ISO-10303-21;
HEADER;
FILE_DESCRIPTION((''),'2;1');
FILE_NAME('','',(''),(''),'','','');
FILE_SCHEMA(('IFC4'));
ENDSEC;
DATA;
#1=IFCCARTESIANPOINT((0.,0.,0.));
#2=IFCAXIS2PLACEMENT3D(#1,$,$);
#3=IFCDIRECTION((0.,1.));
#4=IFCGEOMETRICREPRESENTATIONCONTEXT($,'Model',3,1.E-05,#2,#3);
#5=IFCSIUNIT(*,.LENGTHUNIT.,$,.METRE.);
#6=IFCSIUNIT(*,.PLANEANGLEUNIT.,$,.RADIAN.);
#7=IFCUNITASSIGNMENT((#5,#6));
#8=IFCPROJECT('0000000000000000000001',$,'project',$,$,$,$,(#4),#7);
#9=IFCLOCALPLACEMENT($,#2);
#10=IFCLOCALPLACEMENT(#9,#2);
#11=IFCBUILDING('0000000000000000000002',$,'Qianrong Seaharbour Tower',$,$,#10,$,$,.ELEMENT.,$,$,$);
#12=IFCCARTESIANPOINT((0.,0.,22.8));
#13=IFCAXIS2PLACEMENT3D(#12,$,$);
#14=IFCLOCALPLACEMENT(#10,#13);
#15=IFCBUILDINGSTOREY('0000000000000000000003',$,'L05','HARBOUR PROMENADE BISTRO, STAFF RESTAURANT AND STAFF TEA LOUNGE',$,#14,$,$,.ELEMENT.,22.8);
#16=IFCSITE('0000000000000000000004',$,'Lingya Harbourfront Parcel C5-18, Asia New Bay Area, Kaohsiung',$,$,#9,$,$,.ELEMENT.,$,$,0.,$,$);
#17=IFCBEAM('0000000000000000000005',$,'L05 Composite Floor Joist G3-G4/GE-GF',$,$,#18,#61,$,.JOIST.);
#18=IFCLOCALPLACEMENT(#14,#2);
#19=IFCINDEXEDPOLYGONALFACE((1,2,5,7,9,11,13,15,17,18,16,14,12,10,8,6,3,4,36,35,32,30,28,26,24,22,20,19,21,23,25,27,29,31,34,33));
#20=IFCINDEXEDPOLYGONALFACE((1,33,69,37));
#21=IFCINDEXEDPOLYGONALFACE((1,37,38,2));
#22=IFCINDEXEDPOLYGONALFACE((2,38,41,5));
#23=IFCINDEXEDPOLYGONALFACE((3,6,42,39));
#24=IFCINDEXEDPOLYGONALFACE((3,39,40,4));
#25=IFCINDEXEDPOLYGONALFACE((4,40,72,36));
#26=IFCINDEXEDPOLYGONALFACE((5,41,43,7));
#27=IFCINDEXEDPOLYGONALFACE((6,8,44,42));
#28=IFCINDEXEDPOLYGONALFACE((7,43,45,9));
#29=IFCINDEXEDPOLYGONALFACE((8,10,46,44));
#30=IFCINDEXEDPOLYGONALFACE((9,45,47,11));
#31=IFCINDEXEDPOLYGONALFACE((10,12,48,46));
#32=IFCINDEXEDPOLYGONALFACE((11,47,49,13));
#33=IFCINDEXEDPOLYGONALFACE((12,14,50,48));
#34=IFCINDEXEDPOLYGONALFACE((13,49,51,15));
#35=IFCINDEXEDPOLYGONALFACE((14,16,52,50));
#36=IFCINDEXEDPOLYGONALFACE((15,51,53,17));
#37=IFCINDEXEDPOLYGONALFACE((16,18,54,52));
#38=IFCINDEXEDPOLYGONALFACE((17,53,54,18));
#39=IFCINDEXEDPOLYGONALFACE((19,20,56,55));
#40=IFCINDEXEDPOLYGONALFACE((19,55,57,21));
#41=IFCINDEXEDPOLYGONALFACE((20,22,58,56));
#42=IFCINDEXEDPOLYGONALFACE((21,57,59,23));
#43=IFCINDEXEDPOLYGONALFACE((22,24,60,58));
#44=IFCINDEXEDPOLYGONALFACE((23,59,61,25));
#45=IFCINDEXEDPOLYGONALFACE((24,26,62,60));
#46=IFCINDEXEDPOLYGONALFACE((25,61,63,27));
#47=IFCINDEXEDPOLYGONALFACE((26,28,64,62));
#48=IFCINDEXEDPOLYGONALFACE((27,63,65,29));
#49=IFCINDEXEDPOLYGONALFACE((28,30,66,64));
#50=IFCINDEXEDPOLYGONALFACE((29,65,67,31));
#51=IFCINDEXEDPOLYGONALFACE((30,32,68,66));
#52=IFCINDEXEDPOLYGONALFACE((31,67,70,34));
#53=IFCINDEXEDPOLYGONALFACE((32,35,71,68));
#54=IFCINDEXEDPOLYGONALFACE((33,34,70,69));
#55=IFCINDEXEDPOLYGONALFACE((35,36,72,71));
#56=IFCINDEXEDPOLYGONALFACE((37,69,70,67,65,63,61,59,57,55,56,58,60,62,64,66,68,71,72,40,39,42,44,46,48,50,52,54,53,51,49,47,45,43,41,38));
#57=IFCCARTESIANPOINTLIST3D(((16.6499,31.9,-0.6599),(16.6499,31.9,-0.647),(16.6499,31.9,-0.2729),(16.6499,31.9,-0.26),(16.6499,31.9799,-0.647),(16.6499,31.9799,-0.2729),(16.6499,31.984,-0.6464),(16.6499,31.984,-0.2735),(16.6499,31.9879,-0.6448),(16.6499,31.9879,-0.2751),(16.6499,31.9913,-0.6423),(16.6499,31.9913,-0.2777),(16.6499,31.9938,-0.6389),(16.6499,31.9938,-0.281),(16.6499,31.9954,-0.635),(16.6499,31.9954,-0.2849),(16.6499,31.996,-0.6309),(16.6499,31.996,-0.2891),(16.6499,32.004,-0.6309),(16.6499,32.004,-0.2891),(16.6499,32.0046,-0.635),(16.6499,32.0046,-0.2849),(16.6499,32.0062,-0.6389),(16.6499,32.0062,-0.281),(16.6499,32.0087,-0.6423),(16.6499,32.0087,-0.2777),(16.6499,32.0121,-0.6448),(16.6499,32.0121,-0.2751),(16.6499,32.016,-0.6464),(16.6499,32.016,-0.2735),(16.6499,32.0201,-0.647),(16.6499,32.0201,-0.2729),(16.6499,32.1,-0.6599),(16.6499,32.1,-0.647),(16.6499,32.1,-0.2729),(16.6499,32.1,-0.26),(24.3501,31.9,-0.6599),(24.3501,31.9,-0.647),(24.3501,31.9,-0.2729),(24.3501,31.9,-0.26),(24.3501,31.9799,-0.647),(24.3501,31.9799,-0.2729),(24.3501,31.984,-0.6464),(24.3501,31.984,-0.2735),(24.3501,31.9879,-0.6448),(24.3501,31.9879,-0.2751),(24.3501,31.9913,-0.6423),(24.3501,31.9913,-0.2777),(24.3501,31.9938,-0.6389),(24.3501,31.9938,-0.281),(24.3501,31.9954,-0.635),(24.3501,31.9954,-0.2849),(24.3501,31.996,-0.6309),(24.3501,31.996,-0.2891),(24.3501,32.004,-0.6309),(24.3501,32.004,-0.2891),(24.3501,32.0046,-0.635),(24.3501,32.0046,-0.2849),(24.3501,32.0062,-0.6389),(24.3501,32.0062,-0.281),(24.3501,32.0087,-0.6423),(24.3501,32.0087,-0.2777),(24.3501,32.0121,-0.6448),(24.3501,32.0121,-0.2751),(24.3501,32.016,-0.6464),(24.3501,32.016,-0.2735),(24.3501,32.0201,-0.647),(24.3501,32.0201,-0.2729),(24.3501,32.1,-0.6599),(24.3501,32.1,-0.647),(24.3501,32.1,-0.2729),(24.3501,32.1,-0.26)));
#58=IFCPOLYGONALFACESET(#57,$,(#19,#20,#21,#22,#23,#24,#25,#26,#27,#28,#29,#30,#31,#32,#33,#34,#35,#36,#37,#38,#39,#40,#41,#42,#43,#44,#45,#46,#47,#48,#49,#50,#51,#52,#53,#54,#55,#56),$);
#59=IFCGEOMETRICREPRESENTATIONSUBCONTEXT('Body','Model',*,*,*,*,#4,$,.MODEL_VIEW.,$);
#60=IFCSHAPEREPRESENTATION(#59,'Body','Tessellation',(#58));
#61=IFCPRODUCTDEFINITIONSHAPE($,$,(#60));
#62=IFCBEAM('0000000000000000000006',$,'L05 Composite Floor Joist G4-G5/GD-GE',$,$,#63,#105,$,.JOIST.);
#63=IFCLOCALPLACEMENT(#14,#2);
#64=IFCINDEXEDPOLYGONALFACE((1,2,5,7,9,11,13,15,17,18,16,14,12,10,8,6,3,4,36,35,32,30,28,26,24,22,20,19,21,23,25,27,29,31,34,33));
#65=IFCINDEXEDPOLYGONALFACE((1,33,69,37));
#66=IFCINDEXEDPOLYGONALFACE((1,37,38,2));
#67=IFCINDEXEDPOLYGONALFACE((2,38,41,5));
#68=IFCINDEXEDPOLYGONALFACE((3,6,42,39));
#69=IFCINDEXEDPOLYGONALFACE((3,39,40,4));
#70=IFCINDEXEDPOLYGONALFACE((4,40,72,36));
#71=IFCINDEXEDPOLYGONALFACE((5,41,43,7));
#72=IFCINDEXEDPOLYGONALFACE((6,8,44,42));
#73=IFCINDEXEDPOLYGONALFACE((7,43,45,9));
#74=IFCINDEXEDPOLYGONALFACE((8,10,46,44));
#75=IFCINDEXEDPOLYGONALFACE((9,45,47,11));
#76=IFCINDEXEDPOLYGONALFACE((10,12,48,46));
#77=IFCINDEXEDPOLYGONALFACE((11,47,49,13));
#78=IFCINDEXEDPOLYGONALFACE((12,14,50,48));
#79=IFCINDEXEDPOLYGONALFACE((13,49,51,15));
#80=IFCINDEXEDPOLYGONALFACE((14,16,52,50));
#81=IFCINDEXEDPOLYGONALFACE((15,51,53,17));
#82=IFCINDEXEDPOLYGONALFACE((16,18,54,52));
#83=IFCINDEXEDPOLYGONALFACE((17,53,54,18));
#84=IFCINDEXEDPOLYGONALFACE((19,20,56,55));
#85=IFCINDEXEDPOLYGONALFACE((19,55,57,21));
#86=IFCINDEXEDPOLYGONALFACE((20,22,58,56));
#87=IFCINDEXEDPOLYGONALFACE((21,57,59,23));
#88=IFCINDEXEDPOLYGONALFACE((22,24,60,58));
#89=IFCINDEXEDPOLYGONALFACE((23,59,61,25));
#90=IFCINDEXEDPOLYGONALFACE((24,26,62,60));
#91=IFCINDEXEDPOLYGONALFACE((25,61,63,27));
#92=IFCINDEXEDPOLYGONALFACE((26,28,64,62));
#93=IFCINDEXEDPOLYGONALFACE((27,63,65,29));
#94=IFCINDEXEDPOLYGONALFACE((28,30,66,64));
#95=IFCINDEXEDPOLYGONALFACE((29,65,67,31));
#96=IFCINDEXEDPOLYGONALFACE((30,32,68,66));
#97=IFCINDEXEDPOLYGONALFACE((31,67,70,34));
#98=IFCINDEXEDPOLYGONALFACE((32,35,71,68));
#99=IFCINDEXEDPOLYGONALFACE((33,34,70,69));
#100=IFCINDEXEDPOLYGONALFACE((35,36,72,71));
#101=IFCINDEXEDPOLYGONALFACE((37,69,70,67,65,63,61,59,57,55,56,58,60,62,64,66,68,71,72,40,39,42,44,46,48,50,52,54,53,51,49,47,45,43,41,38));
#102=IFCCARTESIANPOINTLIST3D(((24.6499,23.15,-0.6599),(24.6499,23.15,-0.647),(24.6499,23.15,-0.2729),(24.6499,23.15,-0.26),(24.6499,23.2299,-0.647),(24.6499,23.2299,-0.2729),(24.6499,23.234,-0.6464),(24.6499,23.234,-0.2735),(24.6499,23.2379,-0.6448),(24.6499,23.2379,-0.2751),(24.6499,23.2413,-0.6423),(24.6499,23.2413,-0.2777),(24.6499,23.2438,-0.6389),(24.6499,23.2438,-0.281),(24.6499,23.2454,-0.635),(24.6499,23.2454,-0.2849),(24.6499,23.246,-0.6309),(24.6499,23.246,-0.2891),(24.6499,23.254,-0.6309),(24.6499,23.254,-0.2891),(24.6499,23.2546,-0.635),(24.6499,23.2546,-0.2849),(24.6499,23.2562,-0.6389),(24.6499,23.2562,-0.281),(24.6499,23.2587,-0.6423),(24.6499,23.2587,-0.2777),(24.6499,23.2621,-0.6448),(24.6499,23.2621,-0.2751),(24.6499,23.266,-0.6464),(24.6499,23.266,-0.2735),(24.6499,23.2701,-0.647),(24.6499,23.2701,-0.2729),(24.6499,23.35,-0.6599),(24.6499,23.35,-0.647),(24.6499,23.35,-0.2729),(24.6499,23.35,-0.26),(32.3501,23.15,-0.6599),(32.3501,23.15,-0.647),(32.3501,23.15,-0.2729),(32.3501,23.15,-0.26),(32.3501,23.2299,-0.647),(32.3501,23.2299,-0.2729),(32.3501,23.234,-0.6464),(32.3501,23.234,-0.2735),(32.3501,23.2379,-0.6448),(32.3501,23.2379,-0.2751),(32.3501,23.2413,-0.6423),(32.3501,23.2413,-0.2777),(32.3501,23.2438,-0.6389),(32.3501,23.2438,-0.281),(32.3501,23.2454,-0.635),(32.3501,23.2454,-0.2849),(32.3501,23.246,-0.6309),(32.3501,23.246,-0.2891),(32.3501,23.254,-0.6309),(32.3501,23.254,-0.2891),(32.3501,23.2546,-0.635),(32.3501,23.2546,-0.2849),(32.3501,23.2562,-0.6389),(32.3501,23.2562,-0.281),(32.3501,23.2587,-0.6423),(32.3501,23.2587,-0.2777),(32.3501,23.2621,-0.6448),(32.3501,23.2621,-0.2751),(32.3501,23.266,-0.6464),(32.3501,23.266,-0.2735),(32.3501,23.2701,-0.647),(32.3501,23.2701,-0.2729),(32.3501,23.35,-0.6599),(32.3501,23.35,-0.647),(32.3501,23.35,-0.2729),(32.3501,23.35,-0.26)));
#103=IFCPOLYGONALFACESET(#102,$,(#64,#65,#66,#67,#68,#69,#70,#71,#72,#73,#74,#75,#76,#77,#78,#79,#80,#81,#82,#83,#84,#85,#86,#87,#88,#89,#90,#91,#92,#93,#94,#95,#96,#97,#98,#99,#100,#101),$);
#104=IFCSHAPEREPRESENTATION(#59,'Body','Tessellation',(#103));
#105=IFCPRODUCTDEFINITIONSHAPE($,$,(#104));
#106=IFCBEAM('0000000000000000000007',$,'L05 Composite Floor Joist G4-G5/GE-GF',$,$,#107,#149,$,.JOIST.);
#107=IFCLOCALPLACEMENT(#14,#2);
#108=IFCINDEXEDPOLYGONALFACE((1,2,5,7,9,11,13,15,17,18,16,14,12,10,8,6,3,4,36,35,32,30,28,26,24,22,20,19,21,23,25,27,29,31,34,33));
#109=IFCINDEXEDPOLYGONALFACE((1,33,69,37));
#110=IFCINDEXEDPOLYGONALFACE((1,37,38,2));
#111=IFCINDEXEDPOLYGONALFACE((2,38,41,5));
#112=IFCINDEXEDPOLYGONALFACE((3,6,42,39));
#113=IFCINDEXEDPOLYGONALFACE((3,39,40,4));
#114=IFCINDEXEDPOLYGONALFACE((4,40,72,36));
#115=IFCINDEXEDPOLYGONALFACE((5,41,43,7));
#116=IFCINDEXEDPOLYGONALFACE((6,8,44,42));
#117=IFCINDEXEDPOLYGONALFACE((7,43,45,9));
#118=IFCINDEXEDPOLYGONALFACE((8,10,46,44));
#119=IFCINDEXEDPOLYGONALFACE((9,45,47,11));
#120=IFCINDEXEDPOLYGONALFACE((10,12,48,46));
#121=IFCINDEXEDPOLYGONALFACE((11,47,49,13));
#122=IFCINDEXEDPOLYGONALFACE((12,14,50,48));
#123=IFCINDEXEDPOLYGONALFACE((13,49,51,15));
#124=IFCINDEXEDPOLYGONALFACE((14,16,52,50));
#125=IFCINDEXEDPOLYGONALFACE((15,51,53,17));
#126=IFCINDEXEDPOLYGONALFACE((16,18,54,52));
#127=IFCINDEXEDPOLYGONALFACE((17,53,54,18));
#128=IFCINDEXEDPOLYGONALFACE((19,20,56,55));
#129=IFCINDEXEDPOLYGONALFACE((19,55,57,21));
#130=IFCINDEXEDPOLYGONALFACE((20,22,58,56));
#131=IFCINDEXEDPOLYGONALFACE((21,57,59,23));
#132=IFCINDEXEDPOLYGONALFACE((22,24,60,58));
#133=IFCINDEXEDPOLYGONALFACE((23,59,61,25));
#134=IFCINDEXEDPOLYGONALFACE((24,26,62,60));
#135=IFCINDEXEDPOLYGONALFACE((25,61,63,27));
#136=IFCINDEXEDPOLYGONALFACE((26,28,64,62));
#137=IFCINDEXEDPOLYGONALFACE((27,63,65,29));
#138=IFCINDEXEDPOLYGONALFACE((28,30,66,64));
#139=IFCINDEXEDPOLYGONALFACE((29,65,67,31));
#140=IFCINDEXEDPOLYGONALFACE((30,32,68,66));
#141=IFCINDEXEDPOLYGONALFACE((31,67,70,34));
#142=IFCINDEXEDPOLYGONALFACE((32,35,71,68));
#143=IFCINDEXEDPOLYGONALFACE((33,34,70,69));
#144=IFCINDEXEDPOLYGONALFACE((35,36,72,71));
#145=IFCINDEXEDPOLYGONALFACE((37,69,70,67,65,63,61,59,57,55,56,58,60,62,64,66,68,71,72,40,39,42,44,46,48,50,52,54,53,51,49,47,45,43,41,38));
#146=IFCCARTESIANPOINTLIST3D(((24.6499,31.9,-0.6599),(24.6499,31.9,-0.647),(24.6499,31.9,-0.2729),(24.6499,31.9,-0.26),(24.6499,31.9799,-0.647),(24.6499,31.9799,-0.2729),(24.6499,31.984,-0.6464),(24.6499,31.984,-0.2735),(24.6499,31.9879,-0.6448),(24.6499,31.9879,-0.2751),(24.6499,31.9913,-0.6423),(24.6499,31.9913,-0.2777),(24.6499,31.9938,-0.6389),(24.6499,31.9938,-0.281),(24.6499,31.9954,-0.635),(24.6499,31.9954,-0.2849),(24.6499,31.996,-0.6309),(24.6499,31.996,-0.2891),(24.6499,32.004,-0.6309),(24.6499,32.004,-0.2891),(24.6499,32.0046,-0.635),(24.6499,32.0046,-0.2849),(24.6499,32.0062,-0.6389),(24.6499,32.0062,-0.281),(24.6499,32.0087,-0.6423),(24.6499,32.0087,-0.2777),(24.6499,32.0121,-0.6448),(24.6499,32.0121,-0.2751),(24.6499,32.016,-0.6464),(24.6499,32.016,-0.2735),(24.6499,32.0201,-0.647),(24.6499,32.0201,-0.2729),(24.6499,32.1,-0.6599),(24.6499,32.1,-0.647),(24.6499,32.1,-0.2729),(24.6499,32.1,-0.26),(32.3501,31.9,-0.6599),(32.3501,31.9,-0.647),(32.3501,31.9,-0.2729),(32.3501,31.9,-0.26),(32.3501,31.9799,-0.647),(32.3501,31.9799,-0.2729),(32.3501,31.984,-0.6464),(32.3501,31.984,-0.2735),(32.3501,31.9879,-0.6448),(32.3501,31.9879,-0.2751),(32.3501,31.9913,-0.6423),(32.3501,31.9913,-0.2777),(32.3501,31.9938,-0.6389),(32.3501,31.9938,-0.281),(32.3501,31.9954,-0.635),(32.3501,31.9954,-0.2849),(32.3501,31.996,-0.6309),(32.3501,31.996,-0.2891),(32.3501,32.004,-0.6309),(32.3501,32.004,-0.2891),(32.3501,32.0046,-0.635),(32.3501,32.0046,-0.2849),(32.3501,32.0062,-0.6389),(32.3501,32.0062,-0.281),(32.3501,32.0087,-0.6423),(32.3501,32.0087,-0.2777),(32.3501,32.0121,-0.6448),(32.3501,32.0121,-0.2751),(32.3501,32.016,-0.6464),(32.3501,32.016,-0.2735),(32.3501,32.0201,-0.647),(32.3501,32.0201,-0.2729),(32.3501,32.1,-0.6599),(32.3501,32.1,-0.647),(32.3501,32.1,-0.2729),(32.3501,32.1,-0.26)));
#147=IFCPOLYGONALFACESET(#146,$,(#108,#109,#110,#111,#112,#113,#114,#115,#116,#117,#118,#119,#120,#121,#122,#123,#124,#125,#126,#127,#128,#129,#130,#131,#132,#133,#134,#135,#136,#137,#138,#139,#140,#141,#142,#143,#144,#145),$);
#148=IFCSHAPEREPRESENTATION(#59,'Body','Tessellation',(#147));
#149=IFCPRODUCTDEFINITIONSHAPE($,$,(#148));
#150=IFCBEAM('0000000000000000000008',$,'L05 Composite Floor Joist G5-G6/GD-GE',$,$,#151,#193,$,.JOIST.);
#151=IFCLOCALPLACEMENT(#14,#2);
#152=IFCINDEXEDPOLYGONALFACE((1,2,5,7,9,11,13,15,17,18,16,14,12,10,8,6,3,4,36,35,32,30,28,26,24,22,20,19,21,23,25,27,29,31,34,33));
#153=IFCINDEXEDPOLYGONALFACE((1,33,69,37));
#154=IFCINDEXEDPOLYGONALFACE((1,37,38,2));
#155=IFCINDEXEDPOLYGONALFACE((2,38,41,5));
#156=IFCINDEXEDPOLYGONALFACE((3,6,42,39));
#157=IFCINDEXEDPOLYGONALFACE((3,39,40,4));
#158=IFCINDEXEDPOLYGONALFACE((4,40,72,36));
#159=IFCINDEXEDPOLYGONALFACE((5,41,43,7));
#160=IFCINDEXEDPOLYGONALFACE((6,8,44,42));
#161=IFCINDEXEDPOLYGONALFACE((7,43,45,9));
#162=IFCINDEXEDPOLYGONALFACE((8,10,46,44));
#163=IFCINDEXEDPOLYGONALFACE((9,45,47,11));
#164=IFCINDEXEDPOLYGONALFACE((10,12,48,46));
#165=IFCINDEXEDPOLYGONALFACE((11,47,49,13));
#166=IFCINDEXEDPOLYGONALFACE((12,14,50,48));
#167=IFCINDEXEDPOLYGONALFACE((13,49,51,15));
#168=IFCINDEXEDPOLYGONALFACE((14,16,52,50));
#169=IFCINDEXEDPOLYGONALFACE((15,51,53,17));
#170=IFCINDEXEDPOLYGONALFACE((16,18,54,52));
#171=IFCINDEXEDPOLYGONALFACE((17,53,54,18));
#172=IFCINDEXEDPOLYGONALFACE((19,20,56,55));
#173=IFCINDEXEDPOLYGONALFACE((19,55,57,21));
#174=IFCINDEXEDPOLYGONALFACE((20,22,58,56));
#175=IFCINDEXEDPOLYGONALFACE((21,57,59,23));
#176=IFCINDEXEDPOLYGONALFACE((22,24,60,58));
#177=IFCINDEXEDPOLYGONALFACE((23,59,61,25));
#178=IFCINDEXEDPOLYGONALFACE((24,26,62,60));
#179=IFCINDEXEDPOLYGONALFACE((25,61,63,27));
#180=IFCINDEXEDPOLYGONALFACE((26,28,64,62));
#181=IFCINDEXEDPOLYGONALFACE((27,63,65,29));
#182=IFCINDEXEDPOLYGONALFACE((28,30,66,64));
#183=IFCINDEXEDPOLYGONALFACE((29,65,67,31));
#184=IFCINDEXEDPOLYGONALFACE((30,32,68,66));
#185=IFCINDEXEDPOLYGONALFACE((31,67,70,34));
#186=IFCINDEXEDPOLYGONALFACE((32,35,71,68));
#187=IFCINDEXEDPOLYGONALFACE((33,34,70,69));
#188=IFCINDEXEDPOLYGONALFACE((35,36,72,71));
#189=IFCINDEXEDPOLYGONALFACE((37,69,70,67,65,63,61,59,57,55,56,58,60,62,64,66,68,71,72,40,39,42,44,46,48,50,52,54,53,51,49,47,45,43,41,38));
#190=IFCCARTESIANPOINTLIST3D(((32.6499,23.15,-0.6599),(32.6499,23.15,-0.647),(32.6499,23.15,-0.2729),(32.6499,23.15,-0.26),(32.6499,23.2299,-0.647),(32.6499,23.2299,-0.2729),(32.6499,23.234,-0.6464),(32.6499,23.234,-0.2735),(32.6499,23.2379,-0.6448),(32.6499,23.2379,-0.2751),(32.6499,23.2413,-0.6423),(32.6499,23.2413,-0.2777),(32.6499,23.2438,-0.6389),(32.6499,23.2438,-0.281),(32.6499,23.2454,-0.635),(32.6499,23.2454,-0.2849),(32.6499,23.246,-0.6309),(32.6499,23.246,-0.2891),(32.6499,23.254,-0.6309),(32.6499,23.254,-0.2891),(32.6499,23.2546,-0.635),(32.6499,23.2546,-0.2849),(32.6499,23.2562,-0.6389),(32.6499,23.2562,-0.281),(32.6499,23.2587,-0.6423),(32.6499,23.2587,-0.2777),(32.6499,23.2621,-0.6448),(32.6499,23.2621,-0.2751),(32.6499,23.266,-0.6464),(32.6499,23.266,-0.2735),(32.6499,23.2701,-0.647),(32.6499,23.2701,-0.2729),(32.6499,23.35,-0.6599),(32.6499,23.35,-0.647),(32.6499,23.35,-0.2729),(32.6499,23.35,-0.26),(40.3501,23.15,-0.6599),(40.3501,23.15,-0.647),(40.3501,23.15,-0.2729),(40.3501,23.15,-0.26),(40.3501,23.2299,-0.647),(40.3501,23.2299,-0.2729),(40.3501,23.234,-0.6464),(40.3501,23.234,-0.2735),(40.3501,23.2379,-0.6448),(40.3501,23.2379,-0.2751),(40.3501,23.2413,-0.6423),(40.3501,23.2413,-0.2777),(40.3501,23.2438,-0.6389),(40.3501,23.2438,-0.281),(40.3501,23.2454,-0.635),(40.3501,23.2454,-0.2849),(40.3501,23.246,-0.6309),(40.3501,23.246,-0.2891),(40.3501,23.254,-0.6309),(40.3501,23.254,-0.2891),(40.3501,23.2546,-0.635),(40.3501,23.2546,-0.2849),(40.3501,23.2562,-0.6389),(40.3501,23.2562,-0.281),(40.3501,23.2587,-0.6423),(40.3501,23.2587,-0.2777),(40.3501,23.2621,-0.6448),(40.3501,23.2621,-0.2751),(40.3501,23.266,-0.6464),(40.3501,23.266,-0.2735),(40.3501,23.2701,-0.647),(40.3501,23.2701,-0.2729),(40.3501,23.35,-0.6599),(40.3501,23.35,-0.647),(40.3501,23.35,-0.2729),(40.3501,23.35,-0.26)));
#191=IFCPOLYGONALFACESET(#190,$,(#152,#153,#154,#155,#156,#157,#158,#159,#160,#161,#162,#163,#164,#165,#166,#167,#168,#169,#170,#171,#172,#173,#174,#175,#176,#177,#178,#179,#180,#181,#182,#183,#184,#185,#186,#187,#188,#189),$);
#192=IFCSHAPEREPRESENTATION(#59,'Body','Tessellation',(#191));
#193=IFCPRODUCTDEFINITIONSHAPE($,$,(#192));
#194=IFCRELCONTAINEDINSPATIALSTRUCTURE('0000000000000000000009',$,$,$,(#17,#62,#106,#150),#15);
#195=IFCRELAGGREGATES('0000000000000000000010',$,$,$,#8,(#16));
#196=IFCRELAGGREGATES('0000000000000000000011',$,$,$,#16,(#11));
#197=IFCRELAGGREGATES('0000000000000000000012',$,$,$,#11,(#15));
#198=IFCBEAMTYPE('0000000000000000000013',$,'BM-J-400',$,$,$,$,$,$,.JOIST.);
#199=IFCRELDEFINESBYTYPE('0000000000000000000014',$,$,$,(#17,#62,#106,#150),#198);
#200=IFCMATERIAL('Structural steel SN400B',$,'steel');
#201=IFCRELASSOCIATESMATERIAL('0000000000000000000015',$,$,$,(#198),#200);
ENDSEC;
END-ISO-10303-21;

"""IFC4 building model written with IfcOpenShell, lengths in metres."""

from ifc_helpers import new_model, si_unit, direction, frame, origin, origin_2d, place, context, subcontext, project, spatial, i_section, extrude, material, material_profile, profile_set, type_object, element, save


model = new_model("IFC4")

# Units and contexts
model_context = context("Model", 3, precision=1e-05, world=origin(), true_north=direction((0.0, 1.0)))
body_context = subcontext(model_context, "Body", "Model", "MODEL_VIEW")
ifc_project = project(units=[si_unit("LENGTHUNIT", "METRE"), si_unit("PLANEANGLEUNIT", "RADIAN")], contexts=[model_context])

# Site, building, storey
site_placement = place(None, origin())
site = spatial("IfcSite", under=ifc_project, at=site_placement, Name="Lingya Harbourfront Parcel C5-18, Asia New Bay Area, Kaohsiung", CompositionType="ELEMENT", RefElevation=0.0)
building_placement = place(site_placement, origin())
building = spatial("IfcBuilding", under=site, at=building_placement, Name="Qianrong Seaharbour Tower", CompositionType="ELEMENT")
storey_placement = place(building_placement, frame((0.0, 0.0, 22.8)))
storey = spatial("IfcBuildingStorey", under=building, at=storey_placement, Name="L05", Description="HARBOUR PROMENADE BISTRO, STAFF RESTAURANT AND STAFF TEA LOUNGE", CompositionType="ELEMENT", Elevation=22.8)

# Beams
ifc_material_1 = material(Name="Structural steel SN400B", Category="steel")
ifc_material_profile_1 = material_profile(ifc_material_1, i_section(OverallWidth=0.2, OverallDepth=0.3999, WebThickness=0.0081, FlangeThickness=0.0129, FilletRadius=0.0161, at=origin_2d()), Name="H400x200x8x13")
ifc_profile_set_1 = profile_set([ifc_material_profile_1], Name="Structural steel SN400B")
beam_type_1 = type_object("IfcBeamType", Name="BM-J-400", PredefinedType="JOIST", material=ifc_profile_set_1)
for number, where, z_axis, x_axis, name in (
    (1, (16.6499, 32.0, -0.46), (1.0, 0.0, 0.0), (0.0, 1.0, 0.0), "L05 Composite Floor Joist G3-G4/GE-GF"),
    (2, (24.6499, 23.25, -0.46), (1.0, 0.0, 0.0), (0.0, 1.0, 0.0), "L05 Composite Floor Joist G4-G5/GD-GE"),
    (3, (24.6499, 32.0, -0.46), (1.0, 0.0, 0.0), (0.0, 1.0, 0.0), "L05 Composite Floor Joist G4-G5/GE-GF"),
    (4, (32.6499, 23.25, -0.46), (1.0, 0.0, 0.0), (0.0, 1.0, 0.0), "L05 Composite Floor Joist G5-G6/GD-GE"),
):
    element("IfcBeam", number, at=place(storey_placement, frame(where, z_axis=z_axis, x_axis=x_axis)), inside=storey, type_object=beam_type_1, Name=name, PredefinedType="JOIST", context=body_context, shape_type="SweptSolid", body=[
        extrude(i_section(OverallWidth=0.2, OverallDepth=0.3999, WebThickness=0.0081, FlangeThickness=0.0129, FilletRadius=0.0161, at=origin_2d()), origin(), (0.0, 0.0, 1.0), 7.7002),
    ])

save(model, "model.ifc")
